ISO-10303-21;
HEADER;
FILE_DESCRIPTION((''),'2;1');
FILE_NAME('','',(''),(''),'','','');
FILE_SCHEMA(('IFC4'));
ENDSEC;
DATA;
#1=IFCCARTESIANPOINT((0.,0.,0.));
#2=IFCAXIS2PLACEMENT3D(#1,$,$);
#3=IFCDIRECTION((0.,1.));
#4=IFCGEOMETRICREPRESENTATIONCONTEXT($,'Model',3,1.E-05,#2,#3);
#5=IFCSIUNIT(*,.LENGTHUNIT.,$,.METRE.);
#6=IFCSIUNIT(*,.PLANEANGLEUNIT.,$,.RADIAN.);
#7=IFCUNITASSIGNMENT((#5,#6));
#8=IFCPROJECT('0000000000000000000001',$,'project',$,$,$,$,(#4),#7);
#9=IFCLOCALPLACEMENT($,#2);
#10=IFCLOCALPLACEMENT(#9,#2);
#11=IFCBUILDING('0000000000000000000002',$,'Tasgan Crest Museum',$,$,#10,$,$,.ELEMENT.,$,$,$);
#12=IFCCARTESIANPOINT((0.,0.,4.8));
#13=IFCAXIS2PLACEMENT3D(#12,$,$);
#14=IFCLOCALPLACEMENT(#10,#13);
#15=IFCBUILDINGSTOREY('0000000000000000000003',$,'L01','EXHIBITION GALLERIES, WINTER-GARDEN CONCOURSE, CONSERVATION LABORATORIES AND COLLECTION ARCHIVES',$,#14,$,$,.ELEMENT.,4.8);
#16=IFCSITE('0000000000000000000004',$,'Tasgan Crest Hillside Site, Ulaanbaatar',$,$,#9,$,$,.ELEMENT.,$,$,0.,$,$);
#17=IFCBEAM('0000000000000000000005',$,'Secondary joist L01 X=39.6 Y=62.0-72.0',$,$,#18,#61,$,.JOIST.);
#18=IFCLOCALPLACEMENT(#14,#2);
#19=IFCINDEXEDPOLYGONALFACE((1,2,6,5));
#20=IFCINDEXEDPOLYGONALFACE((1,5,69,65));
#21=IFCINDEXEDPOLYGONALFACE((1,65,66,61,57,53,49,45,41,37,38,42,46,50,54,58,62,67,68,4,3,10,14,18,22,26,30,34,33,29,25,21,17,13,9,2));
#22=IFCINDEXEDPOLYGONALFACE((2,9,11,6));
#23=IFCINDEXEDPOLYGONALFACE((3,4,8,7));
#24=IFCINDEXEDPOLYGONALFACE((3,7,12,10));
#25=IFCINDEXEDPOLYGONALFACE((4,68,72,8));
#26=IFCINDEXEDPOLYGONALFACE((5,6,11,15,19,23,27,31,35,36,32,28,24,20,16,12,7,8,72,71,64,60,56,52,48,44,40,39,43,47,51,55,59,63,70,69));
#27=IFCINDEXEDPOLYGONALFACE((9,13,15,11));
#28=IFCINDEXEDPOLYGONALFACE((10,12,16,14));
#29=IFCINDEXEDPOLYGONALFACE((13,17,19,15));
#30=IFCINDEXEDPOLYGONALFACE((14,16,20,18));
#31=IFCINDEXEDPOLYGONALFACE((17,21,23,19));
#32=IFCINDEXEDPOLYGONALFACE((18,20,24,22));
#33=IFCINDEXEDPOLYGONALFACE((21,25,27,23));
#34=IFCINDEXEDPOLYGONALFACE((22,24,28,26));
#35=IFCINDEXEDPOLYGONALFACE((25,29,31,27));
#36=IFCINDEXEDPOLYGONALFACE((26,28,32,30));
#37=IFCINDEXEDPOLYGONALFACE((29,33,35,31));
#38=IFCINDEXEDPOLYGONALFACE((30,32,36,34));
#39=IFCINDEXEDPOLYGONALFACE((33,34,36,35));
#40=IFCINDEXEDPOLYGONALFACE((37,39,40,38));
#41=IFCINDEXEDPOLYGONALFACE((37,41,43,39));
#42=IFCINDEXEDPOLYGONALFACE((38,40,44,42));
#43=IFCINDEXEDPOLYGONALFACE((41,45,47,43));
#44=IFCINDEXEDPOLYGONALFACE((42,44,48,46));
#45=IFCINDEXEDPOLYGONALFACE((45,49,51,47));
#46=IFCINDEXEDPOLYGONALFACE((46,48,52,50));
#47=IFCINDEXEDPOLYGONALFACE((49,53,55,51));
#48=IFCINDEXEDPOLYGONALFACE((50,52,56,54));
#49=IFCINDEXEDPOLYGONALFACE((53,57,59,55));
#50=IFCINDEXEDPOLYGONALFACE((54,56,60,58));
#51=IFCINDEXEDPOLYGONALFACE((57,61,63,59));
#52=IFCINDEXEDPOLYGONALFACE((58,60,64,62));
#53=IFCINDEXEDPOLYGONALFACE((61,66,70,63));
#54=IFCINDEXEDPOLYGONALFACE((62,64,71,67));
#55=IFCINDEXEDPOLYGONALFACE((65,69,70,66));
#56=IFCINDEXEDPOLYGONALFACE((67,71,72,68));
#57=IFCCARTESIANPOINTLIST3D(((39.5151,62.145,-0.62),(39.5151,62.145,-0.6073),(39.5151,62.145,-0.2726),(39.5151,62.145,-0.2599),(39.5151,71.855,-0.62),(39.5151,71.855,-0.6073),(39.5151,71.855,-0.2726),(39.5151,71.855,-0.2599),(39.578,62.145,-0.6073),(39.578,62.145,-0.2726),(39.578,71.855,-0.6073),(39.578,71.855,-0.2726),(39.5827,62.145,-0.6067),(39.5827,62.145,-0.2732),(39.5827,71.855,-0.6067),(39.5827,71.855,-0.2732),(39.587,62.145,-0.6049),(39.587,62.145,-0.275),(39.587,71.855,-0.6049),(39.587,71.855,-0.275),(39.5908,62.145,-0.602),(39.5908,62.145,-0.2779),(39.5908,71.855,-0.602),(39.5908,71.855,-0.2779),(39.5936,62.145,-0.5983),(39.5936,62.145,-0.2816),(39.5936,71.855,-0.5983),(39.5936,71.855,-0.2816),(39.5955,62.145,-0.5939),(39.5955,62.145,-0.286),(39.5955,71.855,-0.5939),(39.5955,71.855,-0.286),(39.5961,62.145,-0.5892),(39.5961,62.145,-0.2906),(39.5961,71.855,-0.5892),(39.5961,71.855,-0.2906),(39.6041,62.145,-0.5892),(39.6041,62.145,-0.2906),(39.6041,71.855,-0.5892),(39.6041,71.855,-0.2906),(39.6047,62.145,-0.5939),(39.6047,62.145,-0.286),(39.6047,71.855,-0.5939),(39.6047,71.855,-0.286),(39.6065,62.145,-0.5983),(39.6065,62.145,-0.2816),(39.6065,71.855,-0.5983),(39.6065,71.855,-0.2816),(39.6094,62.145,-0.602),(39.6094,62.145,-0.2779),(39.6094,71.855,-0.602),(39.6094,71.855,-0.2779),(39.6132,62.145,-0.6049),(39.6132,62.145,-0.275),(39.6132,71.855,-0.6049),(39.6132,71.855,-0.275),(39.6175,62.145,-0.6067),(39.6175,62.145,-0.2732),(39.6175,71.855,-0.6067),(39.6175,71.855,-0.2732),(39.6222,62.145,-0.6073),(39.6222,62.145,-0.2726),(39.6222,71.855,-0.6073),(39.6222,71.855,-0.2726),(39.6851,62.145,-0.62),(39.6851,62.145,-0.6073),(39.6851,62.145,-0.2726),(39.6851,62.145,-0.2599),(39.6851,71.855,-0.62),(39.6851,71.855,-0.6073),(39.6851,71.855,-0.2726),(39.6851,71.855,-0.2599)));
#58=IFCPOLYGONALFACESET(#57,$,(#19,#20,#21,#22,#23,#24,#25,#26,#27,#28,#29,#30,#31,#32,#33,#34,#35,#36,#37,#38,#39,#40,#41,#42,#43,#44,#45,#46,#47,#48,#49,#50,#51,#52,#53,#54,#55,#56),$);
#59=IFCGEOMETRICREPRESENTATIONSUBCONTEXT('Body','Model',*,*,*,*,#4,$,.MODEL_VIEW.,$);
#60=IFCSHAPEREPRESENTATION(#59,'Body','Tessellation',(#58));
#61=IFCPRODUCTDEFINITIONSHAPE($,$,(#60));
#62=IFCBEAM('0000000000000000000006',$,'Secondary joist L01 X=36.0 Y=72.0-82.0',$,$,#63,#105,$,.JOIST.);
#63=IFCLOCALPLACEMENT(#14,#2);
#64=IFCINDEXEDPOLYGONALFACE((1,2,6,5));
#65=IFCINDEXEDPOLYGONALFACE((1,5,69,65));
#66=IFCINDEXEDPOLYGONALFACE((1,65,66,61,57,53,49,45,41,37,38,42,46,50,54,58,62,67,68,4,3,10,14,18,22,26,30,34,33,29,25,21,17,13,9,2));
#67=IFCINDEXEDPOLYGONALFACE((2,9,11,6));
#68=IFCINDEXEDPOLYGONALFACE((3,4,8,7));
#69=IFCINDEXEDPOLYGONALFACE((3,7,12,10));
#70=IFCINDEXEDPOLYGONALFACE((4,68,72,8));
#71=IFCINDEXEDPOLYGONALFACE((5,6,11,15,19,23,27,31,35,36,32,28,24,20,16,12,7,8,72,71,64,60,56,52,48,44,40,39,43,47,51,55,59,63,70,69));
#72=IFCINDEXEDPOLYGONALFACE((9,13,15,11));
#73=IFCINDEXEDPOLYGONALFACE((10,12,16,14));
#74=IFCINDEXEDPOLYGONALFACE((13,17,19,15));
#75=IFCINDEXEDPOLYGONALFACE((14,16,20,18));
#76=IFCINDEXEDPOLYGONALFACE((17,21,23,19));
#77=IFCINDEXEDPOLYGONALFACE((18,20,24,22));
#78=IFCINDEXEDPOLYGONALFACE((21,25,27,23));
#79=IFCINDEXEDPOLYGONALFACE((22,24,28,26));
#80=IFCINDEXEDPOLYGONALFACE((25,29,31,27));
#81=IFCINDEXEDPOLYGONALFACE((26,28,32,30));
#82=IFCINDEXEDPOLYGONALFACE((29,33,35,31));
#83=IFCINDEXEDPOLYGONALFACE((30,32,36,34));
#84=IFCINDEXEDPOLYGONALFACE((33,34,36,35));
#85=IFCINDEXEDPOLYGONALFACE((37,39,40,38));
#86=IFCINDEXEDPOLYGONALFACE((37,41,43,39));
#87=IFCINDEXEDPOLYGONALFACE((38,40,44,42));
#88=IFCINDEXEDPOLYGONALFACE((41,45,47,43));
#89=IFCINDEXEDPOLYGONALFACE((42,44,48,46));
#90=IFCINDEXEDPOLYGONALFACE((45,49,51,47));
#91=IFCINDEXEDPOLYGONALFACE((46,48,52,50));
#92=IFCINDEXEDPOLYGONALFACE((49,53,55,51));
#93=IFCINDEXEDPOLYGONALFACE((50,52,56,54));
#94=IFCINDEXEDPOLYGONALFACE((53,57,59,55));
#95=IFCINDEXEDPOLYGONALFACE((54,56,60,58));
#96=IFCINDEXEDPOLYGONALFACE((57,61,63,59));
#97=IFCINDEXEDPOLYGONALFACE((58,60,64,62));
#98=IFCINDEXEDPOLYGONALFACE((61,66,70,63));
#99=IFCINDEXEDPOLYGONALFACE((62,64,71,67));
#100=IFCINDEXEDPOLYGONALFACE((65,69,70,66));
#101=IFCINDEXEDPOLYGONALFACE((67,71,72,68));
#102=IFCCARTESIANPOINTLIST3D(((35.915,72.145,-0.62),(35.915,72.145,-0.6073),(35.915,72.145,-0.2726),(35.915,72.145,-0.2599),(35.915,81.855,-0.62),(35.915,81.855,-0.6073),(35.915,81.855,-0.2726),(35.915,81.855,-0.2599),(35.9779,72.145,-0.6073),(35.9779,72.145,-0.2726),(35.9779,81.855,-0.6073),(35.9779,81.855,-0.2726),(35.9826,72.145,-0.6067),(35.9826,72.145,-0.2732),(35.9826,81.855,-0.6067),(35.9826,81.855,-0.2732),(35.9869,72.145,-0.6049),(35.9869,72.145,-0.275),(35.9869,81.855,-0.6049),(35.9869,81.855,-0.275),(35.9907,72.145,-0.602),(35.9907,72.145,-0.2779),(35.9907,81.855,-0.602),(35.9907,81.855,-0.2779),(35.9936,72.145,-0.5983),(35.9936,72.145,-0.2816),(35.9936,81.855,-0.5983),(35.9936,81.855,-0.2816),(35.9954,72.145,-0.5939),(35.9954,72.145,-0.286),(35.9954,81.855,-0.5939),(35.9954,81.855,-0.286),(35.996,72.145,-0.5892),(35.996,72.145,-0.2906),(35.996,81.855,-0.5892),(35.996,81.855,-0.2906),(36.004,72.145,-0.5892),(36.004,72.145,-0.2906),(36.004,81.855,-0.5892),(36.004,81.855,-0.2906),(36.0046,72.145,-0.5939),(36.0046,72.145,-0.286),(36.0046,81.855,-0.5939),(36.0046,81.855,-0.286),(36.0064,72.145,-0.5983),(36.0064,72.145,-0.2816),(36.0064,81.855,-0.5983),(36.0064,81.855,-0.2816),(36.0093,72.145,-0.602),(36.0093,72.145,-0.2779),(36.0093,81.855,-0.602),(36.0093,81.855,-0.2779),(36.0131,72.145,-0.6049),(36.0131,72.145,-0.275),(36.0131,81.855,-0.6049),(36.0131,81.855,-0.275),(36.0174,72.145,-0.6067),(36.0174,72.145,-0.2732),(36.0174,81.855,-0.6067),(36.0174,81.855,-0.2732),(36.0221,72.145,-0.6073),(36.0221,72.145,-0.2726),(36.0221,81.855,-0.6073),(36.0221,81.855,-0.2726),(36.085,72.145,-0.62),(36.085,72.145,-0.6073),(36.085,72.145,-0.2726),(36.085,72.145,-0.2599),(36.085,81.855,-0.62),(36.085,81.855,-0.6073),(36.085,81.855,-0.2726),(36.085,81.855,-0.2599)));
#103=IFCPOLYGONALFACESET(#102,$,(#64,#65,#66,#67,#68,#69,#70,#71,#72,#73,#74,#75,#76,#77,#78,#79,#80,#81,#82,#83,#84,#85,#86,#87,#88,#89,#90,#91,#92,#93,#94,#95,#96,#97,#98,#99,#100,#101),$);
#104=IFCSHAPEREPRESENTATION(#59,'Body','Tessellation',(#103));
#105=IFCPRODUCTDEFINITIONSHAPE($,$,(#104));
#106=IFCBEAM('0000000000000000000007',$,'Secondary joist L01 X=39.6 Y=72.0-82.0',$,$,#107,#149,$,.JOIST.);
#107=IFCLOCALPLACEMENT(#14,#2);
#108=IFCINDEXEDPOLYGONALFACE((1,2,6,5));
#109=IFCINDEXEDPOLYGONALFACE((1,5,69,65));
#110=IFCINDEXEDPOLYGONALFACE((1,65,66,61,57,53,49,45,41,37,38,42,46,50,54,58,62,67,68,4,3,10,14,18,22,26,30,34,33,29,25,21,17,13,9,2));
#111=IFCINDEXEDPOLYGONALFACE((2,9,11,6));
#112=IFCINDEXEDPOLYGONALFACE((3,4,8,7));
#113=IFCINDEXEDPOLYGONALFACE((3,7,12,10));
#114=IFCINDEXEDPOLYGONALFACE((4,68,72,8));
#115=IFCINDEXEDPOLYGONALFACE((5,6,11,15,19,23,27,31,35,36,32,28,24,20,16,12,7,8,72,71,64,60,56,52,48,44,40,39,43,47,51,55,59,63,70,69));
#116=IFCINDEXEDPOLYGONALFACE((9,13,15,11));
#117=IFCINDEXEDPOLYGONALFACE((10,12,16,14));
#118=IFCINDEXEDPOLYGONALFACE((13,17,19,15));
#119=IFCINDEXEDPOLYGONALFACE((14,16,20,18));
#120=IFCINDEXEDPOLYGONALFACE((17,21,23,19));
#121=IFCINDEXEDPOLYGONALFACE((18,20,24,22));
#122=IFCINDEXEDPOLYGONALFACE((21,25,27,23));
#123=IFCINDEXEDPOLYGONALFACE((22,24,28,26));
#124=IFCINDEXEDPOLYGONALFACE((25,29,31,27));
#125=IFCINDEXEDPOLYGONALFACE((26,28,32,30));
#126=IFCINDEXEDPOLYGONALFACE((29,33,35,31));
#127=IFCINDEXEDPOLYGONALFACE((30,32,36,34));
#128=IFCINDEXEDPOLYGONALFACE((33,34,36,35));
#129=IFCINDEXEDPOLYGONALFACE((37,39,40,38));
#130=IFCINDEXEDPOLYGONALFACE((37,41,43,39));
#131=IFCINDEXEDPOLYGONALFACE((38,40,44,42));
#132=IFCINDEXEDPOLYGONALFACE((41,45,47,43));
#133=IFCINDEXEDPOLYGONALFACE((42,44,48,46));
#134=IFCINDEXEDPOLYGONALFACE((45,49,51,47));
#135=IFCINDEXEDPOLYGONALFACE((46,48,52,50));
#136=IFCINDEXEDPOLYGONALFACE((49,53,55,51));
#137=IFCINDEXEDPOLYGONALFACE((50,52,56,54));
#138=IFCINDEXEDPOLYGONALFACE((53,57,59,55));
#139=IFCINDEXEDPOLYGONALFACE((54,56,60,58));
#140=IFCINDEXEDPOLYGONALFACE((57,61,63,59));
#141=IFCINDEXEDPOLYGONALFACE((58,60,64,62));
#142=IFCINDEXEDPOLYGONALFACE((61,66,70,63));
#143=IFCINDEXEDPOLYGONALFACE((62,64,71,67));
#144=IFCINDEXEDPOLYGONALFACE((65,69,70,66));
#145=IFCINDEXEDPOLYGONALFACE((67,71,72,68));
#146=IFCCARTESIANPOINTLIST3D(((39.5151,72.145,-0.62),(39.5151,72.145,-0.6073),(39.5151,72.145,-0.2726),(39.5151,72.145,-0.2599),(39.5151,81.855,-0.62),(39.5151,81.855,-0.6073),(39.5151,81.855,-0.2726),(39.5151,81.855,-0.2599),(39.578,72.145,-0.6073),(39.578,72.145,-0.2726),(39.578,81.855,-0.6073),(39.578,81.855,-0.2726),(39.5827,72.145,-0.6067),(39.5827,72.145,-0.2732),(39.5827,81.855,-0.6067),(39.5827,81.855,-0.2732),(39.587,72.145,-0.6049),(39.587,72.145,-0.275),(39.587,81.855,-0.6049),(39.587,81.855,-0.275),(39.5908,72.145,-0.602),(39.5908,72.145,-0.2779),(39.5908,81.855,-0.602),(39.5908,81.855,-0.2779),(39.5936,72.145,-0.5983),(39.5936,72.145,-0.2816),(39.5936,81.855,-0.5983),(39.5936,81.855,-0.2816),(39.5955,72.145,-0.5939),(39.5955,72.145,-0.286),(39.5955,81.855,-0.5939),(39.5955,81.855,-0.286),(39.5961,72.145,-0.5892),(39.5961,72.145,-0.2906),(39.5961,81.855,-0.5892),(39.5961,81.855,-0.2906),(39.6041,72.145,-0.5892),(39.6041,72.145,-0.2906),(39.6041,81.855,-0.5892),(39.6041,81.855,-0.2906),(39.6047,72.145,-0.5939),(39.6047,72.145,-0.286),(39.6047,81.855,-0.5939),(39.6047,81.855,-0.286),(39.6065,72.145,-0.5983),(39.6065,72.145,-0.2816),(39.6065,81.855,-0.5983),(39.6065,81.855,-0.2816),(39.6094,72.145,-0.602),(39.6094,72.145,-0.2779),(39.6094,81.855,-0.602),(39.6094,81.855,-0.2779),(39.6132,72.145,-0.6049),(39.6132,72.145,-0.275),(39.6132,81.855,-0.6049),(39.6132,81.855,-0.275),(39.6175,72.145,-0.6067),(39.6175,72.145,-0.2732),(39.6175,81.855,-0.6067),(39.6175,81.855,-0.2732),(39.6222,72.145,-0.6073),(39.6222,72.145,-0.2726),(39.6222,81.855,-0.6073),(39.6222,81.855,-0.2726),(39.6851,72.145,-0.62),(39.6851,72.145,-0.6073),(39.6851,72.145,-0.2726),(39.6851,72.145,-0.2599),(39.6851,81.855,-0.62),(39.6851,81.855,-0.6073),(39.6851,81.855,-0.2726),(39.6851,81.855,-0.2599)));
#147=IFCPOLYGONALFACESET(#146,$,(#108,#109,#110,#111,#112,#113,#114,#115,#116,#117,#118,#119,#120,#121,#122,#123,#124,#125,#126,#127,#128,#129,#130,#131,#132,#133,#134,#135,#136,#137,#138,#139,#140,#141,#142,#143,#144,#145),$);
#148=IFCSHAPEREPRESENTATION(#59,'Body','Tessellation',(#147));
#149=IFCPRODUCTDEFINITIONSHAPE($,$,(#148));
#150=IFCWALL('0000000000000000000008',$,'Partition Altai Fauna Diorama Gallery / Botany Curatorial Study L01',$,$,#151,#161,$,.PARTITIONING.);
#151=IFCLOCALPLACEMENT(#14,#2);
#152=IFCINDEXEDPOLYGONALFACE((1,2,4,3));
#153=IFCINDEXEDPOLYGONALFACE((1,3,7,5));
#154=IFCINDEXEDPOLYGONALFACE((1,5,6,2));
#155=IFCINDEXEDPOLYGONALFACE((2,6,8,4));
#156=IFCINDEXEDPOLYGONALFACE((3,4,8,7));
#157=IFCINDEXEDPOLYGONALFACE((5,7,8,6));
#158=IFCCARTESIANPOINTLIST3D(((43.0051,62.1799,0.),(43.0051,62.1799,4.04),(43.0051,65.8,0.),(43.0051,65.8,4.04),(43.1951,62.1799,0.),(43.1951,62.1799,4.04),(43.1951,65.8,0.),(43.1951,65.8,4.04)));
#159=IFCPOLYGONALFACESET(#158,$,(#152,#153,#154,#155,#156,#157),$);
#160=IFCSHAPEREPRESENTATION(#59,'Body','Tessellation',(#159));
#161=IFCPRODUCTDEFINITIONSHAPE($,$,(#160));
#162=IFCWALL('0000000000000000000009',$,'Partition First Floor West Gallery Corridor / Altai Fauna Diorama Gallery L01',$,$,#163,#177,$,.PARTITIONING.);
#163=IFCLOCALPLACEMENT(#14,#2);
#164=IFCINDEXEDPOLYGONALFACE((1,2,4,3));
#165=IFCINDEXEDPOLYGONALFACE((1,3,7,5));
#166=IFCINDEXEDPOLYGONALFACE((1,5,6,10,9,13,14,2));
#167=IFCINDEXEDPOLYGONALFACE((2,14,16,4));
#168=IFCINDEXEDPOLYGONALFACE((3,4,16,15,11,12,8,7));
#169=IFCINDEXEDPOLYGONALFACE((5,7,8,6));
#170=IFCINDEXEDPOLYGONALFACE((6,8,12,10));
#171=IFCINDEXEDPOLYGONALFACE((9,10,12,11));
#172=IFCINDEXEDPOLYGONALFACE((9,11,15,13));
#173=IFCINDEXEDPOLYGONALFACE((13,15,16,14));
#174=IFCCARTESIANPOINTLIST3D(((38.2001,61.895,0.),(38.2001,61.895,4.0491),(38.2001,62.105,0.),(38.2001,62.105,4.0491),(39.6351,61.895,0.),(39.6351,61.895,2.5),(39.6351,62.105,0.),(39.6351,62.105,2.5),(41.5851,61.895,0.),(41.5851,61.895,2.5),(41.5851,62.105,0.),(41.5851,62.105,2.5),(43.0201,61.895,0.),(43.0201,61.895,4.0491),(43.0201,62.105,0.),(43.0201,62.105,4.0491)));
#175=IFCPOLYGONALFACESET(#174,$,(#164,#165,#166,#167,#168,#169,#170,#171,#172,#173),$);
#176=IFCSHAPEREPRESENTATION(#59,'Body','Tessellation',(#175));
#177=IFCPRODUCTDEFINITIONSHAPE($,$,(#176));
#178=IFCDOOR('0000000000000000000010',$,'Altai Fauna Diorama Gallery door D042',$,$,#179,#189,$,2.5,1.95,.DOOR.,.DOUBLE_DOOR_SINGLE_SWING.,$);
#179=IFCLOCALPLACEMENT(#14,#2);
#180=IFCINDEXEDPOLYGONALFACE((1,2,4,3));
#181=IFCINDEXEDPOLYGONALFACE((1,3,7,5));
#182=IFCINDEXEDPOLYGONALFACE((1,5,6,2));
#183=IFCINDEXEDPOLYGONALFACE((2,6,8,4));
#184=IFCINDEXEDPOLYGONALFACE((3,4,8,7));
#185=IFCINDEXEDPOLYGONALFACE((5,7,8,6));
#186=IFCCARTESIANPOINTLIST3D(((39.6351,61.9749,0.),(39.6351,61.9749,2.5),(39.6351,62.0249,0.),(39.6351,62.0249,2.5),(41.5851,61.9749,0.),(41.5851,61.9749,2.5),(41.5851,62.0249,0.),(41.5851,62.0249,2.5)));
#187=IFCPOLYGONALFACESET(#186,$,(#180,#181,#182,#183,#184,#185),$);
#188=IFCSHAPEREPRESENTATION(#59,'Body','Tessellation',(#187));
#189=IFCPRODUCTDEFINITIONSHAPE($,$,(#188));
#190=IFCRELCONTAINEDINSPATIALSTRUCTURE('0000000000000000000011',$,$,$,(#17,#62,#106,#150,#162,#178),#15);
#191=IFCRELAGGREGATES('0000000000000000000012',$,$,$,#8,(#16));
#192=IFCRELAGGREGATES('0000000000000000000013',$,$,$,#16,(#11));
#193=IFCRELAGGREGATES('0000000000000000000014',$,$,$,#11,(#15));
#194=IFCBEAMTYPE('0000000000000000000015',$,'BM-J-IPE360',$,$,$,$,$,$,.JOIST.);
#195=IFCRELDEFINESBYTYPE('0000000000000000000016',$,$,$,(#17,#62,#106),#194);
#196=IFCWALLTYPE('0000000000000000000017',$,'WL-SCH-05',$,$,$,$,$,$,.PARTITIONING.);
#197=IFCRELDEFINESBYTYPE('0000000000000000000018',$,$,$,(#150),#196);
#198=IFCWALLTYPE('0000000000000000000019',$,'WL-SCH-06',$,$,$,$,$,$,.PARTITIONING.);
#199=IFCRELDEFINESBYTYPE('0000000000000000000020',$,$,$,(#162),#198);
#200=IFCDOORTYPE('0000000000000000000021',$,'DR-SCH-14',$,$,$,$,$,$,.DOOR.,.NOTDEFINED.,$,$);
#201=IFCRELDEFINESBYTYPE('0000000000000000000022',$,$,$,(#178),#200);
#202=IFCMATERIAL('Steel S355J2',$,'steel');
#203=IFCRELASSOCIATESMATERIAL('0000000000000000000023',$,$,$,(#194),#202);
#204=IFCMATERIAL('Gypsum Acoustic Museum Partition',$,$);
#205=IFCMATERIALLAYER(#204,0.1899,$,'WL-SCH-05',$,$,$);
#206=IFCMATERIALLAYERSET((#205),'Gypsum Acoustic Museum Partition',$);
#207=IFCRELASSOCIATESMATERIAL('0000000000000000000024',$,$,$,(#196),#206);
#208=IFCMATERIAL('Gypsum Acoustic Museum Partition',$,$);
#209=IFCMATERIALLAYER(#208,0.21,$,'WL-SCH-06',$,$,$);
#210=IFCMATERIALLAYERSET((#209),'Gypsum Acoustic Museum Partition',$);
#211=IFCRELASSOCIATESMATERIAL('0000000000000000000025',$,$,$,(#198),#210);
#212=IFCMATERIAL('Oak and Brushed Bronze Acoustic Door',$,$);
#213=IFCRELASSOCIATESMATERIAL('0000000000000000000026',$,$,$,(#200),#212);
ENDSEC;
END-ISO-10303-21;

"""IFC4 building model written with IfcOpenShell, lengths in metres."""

from ifc_helpers import new_model, si_unit, direction, frame, frame_2d, origin, origin_2d, place, context, subcontext, project, spatial, rectangle, i_section, extrude, material, layer, layer_set, material_profile, profile_set, type_object, element, fill, save


model = new_model("IFC4")

# Units and contexts
model_context = context("Model", 3, precision=1e-05, world=origin(), true_north=direction((0.0, 1.0)))
body_context = subcontext(model_context, "Body", "Model", "MODEL_VIEW")
ifc_project = project(units=[si_unit("LENGTHUNIT", "METRE"), si_unit("PLANEANGLEUNIT", "RADIAN")], contexts=[model_context])

# Site, building, storey
site_placement = place(None, origin())
site = spatial("IfcSite", under=ifc_project, at=site_placement, Name="Tasgan Crest Hillside Site, Ulaanbaatar", CompositionType="ELEMENT", RefElevation=0.0)
building_placement = place(site_placement, origin())
building = spatial("IfcBuilding", under=site, at=building_placement, Name="Tasgan Crest Museum", CompositionType="ELEMENT")
storey_placement = place(building_placement, frame((0.0, 0.0, 4.8)))
storey = spatial("IfcBuildingStorey", under=building, at=storey_placement, Name="L01", Description="EXHIBITION GALLERIES, WINTER-GARDEN CONCOURSE, CONSERVATION LABORATORIES AND COLLECTION ARCHIVES", CompositionType="ELEMENT", Elevation=4.8)

# Beams
ifc_material_1 = material(Name="Steel S355J2", Category="steel")
ifc_material_profile_1 = material_profile(ifc_material_1, i_section(OverallWidth=0.1699, OverallDepth=0.3601, WebThickness=0.0081, FlangeThickness=0.0127, FilletRadius=0.0181, at=origin_2d()), Name="IPE 360")
ifc_profile_set_1 = profile_set([ifc_material_profile_1], Name="Steel S355J2")
beam_type_1 = type_object("IfcBeamType", Name="BM-J-IPE360", PredefinedType="JOIST", material=ifc_profile_set_1)
for number, where, z_axis, x_axis, name in (
    (1, (39.6001, 62.145, -0.4399), (0.0, 1.0, 0.0), (-1.0, 0.0, 0.0), "Secondary joist L01 X=39.6 Y=62.0-72.0"),
    (2, (36.0, 72.145, -0.4399), (0.0, 1.0, 0.0), (-1.0, 0.0, 0.0), "Secondary joist L01 X=36.0 Y=72.0-82.0"),
    (3, (39.6001, 72.145, -0.4399), (0.0, 1.0, 0.0), (-1.0, 0.0, 0.0), "Secondary joist L01 X=39.6 Y=72.0-82.0"),
):
    element("IfcBeam", number, at=place(storey_placement, frame(where, z_axis=z_axis, x_axis=x_axis)), inside=storey, type_object=beam_type_1, Name=name, PredefinedType="JOIST", context=body_context, shape_type="SweptSolid", body=[
        extrude(i_section(OverallWidth=0.1699, OverallDepth=0.3601, WebThickness=0.0081, FlangeThickness=0.0127, FilletRadius=0.0181, at=origin_2d()), origin(), (0.0, 0.0, 1.0), 9.71),
    ])

# Wall
ifc_material_2 = material(Name="Gypsum Acoustic Museum Partition")
ifc_layer_1 = layer(ifc_material_2, 0.1899, Name="WL-SCH-05")
ifc_layer_set_1 = layer_set([ifc_layer_1], Name="Gypsum Acoustic Museum Partition")
wall_type_1 = type_object("IfcWallType", Name="WL-SCH-05", PredefinedType="PARTITIONING", material=ifc_layer_set_1)
wall_1_placement = place(storey_placement, frame((43.1001, 62.1799, 0.0), z_axis=(0.0, 0.0, 1.0), x_axis=(0.0, 1.0, 0.0)))
element("IfcWall", 4, at=wall_1_placement, inside=storey, type_object=wall_type_1, Name="Partition Altai Fauna Diorama Gallery / Botany Curatorial Study L01", PredefinedType="PARTITIONING", context=body_context, shape_type="SweptSolid", body=[
    extrude(rectangle(XDim=3.6201, YDim=0.1899, at=frame_2d((1.8101, 0.0))), origin(), (0.0, 0.0, 1.0), 4.04),
])

# Wall, opening, door
ifc_material_3 = material(Name="Gypsum Acoustic Museum Partition")
ifc_layer_2 = layer(ifc_material_3, 0.21, Name="WL-SCH-06")
ifc_layer_set_2 = layer_set([ifc_layer_2], Name="Gypsum Acoustic Museum Partition")
wall_type_2 = type_object("IfcWallType", Name="WL-SCH-06", PredefinedType="PARTITIONING", material=ifc_layer_set_2)
wall_2_placement = place(storey_placement, frame((38.2, 62.0, 0.0), z_axis=(0.0, 0.0, 1.0), x_axis=(1.0, 0.0, 0.0)))
wall_2 = element("IfcWall", 5, at=wall_2_placement, inside=storey, type_object=wall_type_2, Name="Partition First Floor West Gallery Corridor / Altai Fauna Diorama Gallery L01", PredefinedType="PARTITIONING", context=body_context, shape_type="SweptSolid", body=[
    extrude(rectangle(XDim=4.8201, YDim=0.21, at=frame_2d((2.4102, 0.0))), origin(), (0.0, 0.0, 1.0), 4.0491),
])
opening_1_placement = place(wall_2_placement, frame((1.4351, 0.0, 0.0)))
opening_1 = element("IfcOpeningElement", 6, at=opening_1_placement, cuts=wall_2, PredefinedType="OPENING", context=body_context, shape_type="SweptSolid", body=[
    extrude(rectangle(XDim=1.95, YDim=2.5, at=frame_2d((0.9751, 1.25))), frame((0.0, 0.115, 0.0), z_axis=(0.0, -1.0, 0.0), x_axis=(1.0, 0.0, 0.0)), (0.0, 0.0, 1.0), 0.23),
])
ifc_material_4 = material(Name="Oak and Brushed Bronze Acoustic Door")
door_type_1 = type_object("IfcDoorType", Name="DR-SCH-14", OperationType="NOTDEFINED", PredefinedType="DOOR", material=ifc_material_4)
door_1_placement = place(opening_1_placement, origin())
door_1 = element("IfcDoor", 7, at=door_1_placement, inside=storey, type_object=door_type_1, Name="Altai Fauna Diorama Gallery door D042", OperationType="DOUBLE_DOOR_SINGLE_SWING", OverallHeight=2.5, OverallWidth=1.95, PredefinedType="DOOR", context=body_context, shape_type="SweptSolid", body=[
    extrude(rectangle(XDim=1.95, YDim=2.5, at=frame_2d((0.9751, 1.25))), frame((0.0, 0.0249, 0.0), z_axis=(0.0, -1.0, 0.0), x_axis=(1.0, 0.0, 0.0)), (0.0, 0.0, 1.0), 0.05),
])
fill(opening_1, door_1)

save(model, "model.ifc")
